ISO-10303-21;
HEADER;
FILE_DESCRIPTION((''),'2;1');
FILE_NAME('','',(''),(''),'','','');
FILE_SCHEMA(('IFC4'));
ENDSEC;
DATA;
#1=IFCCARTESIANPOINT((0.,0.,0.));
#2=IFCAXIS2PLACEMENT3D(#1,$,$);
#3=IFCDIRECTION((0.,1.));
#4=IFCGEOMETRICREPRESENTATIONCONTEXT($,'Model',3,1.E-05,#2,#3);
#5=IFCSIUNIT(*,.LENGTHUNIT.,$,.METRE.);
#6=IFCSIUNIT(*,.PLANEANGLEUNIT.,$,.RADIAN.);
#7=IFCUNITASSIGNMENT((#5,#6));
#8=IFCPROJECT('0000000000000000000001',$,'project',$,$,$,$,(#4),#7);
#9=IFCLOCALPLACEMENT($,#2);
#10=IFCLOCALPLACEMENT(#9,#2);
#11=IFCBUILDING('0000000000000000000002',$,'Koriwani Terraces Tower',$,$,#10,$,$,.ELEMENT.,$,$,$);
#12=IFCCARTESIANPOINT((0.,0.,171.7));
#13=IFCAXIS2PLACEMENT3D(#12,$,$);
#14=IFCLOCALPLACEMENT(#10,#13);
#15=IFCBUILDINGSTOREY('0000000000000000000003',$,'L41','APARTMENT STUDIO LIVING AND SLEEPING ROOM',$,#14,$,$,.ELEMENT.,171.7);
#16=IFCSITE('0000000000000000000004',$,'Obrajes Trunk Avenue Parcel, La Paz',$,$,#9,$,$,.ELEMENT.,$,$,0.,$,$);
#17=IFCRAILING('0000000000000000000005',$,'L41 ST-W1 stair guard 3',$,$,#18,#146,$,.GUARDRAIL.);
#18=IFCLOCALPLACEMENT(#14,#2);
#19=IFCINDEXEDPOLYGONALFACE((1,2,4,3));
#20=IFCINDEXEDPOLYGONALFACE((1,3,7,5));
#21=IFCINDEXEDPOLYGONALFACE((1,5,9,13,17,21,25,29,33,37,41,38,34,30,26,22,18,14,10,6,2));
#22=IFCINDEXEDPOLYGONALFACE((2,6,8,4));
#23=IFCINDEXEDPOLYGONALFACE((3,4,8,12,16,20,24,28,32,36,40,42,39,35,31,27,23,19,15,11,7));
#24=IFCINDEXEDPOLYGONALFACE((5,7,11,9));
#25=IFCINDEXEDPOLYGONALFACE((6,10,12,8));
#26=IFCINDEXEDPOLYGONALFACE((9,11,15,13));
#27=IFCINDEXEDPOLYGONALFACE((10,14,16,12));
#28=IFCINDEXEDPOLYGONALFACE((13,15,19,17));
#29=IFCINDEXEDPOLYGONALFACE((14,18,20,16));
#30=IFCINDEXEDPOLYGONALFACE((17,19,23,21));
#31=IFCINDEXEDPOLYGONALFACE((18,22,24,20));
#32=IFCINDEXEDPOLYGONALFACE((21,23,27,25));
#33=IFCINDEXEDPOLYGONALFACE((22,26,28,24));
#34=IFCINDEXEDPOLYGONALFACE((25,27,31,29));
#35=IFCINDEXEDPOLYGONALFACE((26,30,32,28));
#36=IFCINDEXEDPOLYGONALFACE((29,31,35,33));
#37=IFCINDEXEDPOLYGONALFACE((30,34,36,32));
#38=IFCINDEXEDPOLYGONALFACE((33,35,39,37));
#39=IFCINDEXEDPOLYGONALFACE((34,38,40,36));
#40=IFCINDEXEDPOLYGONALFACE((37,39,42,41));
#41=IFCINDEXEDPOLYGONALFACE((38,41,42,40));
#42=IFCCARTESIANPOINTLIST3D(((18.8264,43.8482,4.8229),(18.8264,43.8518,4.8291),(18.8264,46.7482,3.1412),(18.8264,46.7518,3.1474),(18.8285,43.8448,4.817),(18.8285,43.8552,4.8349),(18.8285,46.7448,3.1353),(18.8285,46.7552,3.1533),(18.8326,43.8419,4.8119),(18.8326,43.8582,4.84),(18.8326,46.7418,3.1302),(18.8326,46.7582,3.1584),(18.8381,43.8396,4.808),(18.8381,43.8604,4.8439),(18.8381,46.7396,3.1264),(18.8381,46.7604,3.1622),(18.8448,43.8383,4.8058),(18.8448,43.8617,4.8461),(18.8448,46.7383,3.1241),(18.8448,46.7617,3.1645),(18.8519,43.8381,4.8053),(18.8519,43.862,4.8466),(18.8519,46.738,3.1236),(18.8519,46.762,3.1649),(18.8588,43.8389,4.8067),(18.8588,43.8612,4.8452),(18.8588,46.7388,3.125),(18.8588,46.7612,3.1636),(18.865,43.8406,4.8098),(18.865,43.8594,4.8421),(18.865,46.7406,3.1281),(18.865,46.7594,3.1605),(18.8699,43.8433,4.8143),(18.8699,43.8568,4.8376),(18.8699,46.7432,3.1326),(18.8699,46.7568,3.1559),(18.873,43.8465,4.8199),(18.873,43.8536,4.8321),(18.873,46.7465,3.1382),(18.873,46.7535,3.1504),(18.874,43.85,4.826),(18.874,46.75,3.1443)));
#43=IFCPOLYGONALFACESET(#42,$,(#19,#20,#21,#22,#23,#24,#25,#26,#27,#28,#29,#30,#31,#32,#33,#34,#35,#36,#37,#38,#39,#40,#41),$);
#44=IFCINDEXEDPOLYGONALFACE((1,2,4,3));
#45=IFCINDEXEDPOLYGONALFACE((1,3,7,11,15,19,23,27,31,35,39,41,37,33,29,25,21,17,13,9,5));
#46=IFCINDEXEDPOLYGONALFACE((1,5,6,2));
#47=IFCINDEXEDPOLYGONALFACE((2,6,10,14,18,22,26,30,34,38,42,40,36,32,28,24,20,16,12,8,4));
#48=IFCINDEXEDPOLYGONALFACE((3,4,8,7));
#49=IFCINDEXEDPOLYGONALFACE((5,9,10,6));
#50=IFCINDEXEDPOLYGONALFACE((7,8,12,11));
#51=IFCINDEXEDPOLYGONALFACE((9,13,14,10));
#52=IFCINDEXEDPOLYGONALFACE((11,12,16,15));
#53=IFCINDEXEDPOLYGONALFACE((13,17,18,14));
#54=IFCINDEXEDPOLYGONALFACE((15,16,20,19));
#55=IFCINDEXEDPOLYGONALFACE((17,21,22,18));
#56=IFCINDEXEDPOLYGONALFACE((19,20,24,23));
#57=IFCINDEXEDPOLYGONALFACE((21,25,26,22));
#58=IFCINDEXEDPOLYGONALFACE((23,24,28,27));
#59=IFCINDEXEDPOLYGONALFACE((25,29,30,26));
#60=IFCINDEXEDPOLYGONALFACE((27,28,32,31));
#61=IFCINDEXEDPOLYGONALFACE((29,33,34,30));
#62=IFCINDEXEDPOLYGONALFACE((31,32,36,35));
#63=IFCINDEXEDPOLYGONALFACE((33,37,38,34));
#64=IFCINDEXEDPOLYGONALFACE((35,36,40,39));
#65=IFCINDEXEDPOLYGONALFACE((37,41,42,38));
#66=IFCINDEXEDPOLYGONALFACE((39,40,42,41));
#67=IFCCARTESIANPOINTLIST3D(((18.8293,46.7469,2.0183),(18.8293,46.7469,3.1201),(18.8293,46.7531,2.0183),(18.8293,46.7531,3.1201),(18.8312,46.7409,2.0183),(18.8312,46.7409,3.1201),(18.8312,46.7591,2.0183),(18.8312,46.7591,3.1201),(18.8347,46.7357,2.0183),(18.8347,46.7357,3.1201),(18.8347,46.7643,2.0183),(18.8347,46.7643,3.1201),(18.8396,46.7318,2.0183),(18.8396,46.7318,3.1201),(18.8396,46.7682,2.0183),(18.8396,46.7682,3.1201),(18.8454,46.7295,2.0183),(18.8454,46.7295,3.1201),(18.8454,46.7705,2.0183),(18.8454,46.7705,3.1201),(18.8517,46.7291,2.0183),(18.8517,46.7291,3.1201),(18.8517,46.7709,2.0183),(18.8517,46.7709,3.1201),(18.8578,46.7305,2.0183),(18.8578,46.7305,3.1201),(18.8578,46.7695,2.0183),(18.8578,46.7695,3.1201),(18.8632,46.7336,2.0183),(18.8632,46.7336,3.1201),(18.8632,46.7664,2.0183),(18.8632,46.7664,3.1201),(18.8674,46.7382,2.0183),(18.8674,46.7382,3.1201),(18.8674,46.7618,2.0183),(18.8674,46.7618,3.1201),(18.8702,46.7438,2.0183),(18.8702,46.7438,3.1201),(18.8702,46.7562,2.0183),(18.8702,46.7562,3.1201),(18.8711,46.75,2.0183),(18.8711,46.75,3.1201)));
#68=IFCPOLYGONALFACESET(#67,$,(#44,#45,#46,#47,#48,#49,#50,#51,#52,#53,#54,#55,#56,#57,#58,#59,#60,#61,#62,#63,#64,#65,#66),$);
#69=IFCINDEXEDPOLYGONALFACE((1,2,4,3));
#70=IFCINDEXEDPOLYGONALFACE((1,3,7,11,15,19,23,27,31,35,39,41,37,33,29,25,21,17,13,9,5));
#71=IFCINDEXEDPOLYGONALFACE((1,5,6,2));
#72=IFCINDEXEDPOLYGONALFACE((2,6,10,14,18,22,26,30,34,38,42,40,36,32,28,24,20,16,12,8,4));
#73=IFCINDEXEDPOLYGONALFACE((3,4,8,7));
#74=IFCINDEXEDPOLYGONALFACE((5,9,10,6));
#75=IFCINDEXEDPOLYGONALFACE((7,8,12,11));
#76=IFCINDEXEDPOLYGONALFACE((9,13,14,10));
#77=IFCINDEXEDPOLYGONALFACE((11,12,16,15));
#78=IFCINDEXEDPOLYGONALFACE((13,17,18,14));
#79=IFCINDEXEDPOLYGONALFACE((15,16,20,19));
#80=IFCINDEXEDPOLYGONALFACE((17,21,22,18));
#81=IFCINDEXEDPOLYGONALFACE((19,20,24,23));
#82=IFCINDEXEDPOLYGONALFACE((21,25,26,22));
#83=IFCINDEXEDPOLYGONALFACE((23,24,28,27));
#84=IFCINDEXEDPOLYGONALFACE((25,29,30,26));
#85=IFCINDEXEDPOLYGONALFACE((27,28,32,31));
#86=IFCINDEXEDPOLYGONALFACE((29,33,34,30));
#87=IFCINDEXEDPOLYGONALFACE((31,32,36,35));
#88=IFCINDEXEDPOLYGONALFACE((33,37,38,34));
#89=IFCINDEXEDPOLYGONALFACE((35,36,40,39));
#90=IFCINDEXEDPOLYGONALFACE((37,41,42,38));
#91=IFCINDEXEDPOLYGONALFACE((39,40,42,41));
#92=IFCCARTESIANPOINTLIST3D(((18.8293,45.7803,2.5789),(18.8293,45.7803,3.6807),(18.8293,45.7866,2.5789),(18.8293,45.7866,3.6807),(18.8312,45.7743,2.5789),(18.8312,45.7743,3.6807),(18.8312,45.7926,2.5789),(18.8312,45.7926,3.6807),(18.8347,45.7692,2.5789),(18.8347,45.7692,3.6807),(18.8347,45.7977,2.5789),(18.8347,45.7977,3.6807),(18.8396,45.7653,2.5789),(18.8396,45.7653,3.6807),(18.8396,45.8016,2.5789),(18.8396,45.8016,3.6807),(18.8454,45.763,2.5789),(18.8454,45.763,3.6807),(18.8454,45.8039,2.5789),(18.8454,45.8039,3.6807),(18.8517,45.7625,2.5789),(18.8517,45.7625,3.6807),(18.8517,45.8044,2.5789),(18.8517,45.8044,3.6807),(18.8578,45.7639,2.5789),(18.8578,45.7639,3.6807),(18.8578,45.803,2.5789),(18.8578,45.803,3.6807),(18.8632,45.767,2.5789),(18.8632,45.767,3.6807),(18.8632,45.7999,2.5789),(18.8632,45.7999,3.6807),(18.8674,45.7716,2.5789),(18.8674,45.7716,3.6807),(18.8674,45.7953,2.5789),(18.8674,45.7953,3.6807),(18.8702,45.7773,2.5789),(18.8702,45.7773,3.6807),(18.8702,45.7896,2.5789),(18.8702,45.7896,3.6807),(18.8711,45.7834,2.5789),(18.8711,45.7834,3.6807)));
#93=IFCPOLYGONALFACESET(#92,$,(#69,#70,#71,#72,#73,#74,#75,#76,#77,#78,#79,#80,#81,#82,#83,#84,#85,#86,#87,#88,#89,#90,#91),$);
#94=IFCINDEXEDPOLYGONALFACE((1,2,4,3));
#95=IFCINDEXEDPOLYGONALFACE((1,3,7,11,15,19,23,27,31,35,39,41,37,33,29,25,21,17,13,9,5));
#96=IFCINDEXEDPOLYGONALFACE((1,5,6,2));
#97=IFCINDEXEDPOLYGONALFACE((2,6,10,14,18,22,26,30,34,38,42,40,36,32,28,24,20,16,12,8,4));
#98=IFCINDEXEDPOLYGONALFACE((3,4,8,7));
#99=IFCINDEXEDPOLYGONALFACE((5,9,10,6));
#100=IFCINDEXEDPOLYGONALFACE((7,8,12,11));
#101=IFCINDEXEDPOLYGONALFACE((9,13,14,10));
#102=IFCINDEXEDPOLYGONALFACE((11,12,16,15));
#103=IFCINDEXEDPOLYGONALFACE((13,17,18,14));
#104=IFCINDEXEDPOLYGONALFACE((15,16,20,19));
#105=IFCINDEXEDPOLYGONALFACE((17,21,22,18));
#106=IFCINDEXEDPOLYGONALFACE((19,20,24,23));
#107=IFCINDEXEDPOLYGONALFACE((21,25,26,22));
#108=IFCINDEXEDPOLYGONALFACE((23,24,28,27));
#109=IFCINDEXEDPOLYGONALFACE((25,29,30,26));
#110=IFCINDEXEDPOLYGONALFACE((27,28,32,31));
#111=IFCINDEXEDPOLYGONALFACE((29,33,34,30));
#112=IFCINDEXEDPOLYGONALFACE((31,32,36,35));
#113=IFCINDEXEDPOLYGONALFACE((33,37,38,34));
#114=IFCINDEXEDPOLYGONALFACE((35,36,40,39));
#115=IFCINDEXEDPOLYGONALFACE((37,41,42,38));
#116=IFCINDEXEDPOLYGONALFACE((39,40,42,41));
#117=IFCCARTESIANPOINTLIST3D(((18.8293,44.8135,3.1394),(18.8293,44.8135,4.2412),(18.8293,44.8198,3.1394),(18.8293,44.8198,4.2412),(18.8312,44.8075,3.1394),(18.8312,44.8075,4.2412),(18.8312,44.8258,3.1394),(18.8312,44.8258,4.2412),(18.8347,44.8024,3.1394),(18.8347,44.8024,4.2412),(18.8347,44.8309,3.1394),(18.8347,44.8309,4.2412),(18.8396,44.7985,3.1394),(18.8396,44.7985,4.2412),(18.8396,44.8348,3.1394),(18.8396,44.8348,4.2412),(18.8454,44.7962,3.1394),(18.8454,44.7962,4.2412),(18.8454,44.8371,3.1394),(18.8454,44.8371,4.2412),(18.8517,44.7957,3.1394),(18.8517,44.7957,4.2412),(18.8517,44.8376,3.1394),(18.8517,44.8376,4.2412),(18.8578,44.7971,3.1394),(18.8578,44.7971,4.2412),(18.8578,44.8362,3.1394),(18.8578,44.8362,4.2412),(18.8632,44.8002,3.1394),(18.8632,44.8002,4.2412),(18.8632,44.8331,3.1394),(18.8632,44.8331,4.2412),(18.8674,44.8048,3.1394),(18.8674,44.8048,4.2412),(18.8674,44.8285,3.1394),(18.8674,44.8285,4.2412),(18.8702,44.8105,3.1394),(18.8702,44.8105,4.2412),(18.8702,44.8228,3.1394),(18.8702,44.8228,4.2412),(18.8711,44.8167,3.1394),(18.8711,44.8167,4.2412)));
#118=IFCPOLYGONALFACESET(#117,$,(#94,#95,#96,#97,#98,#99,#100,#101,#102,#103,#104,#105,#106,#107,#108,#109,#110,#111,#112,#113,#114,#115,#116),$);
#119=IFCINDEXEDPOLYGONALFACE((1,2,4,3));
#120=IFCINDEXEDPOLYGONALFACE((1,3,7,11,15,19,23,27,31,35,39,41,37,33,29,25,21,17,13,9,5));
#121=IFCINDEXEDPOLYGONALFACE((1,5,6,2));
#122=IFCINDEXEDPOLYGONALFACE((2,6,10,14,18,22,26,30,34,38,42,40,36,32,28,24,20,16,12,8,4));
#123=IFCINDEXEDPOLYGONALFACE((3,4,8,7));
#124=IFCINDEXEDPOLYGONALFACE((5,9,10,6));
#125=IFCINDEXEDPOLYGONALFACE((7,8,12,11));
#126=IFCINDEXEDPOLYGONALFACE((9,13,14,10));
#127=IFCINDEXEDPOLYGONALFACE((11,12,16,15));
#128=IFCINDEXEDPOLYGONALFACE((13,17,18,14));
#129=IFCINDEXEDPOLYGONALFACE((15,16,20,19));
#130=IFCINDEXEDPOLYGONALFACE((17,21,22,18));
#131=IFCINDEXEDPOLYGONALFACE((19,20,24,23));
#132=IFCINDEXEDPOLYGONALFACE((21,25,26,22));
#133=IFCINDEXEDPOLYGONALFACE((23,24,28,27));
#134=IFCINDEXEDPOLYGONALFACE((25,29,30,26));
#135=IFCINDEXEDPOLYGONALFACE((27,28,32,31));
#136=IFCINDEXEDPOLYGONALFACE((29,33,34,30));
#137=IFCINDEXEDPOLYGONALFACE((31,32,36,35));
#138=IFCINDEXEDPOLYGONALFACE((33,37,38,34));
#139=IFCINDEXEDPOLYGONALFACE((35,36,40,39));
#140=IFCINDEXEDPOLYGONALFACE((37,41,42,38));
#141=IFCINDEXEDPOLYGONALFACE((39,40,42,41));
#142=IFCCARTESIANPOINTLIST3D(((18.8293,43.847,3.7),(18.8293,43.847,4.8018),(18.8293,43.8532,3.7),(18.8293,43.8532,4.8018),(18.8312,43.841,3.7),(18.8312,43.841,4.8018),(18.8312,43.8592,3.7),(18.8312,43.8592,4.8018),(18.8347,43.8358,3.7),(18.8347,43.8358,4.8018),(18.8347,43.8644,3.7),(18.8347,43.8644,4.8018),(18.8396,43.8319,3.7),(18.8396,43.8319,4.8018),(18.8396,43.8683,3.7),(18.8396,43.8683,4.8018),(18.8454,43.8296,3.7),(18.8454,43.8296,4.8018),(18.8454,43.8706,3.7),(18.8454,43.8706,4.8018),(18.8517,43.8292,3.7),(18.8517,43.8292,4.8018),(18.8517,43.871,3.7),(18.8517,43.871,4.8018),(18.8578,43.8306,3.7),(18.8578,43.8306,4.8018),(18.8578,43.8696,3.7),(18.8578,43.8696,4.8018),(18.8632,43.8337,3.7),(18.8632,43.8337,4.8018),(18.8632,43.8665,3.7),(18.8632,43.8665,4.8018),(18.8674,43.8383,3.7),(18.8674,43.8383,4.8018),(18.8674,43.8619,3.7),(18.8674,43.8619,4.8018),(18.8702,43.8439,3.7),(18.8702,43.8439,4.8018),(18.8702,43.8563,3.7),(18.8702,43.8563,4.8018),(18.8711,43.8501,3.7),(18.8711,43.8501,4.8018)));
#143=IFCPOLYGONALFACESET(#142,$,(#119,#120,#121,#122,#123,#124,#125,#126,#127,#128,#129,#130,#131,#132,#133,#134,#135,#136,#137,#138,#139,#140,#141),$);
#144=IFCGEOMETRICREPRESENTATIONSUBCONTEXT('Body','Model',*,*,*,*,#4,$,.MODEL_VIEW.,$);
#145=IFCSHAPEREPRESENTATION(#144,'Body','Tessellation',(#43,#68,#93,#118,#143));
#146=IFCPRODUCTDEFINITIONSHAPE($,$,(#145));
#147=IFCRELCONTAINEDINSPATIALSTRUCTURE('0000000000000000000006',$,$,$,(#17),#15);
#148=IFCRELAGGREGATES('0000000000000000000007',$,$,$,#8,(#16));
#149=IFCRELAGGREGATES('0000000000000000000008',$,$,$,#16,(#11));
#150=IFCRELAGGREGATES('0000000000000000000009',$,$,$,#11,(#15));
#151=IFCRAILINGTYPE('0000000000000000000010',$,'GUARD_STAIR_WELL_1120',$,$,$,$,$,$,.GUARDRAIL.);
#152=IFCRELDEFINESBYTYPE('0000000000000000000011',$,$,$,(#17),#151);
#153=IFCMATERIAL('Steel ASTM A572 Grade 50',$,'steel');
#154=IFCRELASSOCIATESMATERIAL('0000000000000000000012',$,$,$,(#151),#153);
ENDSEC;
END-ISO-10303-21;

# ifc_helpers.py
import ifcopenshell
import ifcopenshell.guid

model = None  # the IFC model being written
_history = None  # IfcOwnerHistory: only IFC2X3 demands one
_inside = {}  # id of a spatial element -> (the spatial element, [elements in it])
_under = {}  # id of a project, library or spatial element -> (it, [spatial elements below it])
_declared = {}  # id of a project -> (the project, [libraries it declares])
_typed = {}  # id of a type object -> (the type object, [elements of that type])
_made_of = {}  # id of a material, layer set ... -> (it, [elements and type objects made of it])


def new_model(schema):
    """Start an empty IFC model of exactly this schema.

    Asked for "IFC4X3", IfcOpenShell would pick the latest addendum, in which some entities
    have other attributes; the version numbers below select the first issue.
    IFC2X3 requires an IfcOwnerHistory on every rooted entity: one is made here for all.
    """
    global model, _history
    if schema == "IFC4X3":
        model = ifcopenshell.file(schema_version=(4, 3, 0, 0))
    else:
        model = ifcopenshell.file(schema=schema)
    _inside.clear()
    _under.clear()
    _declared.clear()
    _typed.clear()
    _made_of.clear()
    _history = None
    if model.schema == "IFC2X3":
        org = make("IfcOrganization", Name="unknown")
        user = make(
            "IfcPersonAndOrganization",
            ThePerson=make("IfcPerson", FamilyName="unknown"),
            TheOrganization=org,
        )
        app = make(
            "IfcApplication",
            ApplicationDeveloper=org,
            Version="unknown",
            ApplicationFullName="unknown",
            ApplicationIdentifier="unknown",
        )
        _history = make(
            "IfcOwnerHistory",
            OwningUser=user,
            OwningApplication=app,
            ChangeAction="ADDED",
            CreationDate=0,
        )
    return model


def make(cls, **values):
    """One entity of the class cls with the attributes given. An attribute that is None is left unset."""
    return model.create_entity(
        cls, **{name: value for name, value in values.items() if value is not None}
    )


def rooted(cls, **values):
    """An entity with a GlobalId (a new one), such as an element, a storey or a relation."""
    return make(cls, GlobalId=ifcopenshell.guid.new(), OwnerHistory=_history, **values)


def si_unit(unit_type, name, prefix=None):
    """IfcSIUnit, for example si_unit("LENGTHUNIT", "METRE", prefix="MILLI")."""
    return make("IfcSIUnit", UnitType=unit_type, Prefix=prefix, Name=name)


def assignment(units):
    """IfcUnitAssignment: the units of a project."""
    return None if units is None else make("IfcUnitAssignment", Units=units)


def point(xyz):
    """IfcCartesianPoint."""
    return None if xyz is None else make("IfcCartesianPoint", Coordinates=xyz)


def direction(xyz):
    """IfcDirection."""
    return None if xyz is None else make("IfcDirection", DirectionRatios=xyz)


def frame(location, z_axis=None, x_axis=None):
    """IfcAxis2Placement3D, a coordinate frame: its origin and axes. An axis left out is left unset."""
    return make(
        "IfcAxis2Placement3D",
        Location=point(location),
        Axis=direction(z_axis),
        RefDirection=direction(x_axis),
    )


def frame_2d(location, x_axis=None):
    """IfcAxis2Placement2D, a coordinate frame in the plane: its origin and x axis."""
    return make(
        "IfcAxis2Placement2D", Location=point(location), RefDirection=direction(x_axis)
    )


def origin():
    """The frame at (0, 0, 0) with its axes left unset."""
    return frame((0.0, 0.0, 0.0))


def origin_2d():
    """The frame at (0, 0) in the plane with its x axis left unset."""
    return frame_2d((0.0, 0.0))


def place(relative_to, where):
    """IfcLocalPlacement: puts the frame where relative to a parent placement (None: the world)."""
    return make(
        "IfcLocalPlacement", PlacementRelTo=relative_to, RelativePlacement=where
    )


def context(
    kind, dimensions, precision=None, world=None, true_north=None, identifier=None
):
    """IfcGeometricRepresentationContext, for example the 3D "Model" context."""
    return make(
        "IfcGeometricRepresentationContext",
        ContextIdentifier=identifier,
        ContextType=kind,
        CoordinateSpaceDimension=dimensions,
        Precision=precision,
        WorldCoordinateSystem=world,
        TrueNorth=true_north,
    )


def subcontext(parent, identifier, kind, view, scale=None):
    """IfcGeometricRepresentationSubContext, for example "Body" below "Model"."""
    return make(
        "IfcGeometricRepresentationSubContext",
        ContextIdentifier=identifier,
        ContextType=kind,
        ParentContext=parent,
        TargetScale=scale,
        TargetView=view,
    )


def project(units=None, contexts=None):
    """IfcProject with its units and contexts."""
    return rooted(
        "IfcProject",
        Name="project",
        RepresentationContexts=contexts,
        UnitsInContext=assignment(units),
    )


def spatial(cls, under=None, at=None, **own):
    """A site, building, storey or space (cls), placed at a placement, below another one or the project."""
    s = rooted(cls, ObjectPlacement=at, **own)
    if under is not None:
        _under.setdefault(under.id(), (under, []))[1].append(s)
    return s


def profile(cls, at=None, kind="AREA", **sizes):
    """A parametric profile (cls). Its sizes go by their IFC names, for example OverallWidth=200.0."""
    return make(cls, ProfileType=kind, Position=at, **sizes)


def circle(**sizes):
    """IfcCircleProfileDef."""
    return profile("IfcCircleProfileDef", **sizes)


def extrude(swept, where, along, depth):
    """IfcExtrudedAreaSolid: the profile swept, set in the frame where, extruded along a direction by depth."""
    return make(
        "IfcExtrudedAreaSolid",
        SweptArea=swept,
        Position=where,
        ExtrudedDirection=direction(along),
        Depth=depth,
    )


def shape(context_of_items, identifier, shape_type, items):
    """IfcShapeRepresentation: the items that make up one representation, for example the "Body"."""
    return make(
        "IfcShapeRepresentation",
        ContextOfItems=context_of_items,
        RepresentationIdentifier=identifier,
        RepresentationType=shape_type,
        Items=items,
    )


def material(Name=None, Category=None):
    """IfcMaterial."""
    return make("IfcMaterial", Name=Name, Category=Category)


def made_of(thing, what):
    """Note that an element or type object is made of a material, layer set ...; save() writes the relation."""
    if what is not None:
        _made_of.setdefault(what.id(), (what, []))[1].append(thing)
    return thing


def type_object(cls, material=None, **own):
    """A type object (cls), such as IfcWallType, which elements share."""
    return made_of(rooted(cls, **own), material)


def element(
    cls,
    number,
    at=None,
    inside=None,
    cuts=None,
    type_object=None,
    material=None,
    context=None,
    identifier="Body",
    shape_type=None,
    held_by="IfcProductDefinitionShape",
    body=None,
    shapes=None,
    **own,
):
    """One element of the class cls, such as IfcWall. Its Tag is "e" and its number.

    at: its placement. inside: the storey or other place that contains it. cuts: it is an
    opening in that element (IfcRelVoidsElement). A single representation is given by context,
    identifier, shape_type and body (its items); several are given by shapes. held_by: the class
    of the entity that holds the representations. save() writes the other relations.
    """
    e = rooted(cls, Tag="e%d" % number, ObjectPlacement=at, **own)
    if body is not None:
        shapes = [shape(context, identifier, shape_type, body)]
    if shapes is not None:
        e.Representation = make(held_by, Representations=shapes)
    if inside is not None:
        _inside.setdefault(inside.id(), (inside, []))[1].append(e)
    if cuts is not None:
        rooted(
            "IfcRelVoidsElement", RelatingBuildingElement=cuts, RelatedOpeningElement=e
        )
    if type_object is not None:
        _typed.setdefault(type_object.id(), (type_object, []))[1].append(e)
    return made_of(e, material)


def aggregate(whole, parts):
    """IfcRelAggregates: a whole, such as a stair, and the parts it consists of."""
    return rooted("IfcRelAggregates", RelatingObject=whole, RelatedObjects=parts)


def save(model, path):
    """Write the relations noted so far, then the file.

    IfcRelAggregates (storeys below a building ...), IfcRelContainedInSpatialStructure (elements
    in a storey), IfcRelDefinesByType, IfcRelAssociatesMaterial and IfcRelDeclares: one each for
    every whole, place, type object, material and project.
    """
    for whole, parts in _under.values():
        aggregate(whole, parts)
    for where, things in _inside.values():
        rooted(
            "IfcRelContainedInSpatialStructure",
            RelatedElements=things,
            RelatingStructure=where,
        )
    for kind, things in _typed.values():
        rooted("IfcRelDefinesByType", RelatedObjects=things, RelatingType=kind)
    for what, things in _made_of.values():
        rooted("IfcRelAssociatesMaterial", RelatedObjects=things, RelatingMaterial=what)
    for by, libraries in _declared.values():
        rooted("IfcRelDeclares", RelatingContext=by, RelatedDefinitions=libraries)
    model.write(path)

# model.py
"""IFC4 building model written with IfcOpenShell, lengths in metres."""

from ifc_helpers import new_model, si_unit, direction, frame, origin, origin_2d, place, context, subcontext, project, spatial, circle, extrude, material, type_object, element, save


model = new_model("IFC4")

# Units and contexts
model_context = context("Model", 3, precision=1e-05, world=origin(), true_north=direction((0.0, 1.0)))
body_context = subcontext(model_context, "Body", "Model", "MODEL_VIEW")
ifc_project = project(units=[si_unit("LENGTHUNIT", "METRE"), si_unit("PLANEANGLEUNIT", "RADIAN")], contexts=[model_context])

# Site, building, storey
site_placement = place(None, origin())
site = spatial("IfcSite", under=ifc_project, at=site_placement, Name="Obrajes Trunk Avenue Parcel, La Paz", CompositionType="ELEMENT", RefElevation=0.0)
building_placement = place(site_placement, origin())
building = spatial("IfcBuilding", under=site, at=building_placement, Name="Koriwani Terraces Tower", CompositionType="ELEMENT")
storey_placement = place(building_placement, frame((0.0, 0.0, 171.7)))
storey = spatial("IfcBuildingStorey", under=building, at=storey_placement, Name="L41", Description="APARTMENT STUDIO LIVING AND SLEEPING ROOM", CompositionType="ELEMENT", Elevation=171.7)

# Shared definitions
ifc_material_1 = material(Name="Steel ASTM A572 Grade 50", Category="steel")

# Railing
railing_type_1 = type_object("IfcRailingType", Name="GUARD_STAIR_WELL_1120", PredefinedType="GUARDRAIL", material=ifc_material_1)
railing_1_placement = place(storey_placement, frame((18.8501, 46.75, 2.0183)))
element("IfcRailing", 1, at=railing_1_placement, inside=storey, type_object=railing_type_1, Name="L41 ST-W1 stair guard 3", PredefinedType="GUARDRAIL", context=body_context, shape_type="SweptSolid", body=[
    extrude(circle(Radius=0.0239, at=origin_2d()), frame((0.0, 0.0, 1.126), z_axis=(0.0, -0.86507, 0.501651), x_axis=(1.0, 0.0, 0.0)), (0.0, 0.0, 1.0), 3.3523),
    extrude(circle(Radius=0.021, at=origin_2d()), origin(), (0.0, 0.0, 1.0), 1.1018),
    extrude(circle(Radius=0.021, at=origin_2d()), frame((0.0, -0.9666, 0.5605)), (0.0, 0.0, 1.0), 1.1018),
    extrude(circle(Radius=0.021, at=origin_2d()), frame((0.0, -1.9333, 1.1211)), (0.0, 0.0, 1.0), 1.1018),
    extrude(circle(Radius=0.021, at=origin_2d()), frame((0.0, -2.8999, 1.6816)), (0.0, 0.0, 1.0), 1.1018),
])

save(model, "model.ifc")
